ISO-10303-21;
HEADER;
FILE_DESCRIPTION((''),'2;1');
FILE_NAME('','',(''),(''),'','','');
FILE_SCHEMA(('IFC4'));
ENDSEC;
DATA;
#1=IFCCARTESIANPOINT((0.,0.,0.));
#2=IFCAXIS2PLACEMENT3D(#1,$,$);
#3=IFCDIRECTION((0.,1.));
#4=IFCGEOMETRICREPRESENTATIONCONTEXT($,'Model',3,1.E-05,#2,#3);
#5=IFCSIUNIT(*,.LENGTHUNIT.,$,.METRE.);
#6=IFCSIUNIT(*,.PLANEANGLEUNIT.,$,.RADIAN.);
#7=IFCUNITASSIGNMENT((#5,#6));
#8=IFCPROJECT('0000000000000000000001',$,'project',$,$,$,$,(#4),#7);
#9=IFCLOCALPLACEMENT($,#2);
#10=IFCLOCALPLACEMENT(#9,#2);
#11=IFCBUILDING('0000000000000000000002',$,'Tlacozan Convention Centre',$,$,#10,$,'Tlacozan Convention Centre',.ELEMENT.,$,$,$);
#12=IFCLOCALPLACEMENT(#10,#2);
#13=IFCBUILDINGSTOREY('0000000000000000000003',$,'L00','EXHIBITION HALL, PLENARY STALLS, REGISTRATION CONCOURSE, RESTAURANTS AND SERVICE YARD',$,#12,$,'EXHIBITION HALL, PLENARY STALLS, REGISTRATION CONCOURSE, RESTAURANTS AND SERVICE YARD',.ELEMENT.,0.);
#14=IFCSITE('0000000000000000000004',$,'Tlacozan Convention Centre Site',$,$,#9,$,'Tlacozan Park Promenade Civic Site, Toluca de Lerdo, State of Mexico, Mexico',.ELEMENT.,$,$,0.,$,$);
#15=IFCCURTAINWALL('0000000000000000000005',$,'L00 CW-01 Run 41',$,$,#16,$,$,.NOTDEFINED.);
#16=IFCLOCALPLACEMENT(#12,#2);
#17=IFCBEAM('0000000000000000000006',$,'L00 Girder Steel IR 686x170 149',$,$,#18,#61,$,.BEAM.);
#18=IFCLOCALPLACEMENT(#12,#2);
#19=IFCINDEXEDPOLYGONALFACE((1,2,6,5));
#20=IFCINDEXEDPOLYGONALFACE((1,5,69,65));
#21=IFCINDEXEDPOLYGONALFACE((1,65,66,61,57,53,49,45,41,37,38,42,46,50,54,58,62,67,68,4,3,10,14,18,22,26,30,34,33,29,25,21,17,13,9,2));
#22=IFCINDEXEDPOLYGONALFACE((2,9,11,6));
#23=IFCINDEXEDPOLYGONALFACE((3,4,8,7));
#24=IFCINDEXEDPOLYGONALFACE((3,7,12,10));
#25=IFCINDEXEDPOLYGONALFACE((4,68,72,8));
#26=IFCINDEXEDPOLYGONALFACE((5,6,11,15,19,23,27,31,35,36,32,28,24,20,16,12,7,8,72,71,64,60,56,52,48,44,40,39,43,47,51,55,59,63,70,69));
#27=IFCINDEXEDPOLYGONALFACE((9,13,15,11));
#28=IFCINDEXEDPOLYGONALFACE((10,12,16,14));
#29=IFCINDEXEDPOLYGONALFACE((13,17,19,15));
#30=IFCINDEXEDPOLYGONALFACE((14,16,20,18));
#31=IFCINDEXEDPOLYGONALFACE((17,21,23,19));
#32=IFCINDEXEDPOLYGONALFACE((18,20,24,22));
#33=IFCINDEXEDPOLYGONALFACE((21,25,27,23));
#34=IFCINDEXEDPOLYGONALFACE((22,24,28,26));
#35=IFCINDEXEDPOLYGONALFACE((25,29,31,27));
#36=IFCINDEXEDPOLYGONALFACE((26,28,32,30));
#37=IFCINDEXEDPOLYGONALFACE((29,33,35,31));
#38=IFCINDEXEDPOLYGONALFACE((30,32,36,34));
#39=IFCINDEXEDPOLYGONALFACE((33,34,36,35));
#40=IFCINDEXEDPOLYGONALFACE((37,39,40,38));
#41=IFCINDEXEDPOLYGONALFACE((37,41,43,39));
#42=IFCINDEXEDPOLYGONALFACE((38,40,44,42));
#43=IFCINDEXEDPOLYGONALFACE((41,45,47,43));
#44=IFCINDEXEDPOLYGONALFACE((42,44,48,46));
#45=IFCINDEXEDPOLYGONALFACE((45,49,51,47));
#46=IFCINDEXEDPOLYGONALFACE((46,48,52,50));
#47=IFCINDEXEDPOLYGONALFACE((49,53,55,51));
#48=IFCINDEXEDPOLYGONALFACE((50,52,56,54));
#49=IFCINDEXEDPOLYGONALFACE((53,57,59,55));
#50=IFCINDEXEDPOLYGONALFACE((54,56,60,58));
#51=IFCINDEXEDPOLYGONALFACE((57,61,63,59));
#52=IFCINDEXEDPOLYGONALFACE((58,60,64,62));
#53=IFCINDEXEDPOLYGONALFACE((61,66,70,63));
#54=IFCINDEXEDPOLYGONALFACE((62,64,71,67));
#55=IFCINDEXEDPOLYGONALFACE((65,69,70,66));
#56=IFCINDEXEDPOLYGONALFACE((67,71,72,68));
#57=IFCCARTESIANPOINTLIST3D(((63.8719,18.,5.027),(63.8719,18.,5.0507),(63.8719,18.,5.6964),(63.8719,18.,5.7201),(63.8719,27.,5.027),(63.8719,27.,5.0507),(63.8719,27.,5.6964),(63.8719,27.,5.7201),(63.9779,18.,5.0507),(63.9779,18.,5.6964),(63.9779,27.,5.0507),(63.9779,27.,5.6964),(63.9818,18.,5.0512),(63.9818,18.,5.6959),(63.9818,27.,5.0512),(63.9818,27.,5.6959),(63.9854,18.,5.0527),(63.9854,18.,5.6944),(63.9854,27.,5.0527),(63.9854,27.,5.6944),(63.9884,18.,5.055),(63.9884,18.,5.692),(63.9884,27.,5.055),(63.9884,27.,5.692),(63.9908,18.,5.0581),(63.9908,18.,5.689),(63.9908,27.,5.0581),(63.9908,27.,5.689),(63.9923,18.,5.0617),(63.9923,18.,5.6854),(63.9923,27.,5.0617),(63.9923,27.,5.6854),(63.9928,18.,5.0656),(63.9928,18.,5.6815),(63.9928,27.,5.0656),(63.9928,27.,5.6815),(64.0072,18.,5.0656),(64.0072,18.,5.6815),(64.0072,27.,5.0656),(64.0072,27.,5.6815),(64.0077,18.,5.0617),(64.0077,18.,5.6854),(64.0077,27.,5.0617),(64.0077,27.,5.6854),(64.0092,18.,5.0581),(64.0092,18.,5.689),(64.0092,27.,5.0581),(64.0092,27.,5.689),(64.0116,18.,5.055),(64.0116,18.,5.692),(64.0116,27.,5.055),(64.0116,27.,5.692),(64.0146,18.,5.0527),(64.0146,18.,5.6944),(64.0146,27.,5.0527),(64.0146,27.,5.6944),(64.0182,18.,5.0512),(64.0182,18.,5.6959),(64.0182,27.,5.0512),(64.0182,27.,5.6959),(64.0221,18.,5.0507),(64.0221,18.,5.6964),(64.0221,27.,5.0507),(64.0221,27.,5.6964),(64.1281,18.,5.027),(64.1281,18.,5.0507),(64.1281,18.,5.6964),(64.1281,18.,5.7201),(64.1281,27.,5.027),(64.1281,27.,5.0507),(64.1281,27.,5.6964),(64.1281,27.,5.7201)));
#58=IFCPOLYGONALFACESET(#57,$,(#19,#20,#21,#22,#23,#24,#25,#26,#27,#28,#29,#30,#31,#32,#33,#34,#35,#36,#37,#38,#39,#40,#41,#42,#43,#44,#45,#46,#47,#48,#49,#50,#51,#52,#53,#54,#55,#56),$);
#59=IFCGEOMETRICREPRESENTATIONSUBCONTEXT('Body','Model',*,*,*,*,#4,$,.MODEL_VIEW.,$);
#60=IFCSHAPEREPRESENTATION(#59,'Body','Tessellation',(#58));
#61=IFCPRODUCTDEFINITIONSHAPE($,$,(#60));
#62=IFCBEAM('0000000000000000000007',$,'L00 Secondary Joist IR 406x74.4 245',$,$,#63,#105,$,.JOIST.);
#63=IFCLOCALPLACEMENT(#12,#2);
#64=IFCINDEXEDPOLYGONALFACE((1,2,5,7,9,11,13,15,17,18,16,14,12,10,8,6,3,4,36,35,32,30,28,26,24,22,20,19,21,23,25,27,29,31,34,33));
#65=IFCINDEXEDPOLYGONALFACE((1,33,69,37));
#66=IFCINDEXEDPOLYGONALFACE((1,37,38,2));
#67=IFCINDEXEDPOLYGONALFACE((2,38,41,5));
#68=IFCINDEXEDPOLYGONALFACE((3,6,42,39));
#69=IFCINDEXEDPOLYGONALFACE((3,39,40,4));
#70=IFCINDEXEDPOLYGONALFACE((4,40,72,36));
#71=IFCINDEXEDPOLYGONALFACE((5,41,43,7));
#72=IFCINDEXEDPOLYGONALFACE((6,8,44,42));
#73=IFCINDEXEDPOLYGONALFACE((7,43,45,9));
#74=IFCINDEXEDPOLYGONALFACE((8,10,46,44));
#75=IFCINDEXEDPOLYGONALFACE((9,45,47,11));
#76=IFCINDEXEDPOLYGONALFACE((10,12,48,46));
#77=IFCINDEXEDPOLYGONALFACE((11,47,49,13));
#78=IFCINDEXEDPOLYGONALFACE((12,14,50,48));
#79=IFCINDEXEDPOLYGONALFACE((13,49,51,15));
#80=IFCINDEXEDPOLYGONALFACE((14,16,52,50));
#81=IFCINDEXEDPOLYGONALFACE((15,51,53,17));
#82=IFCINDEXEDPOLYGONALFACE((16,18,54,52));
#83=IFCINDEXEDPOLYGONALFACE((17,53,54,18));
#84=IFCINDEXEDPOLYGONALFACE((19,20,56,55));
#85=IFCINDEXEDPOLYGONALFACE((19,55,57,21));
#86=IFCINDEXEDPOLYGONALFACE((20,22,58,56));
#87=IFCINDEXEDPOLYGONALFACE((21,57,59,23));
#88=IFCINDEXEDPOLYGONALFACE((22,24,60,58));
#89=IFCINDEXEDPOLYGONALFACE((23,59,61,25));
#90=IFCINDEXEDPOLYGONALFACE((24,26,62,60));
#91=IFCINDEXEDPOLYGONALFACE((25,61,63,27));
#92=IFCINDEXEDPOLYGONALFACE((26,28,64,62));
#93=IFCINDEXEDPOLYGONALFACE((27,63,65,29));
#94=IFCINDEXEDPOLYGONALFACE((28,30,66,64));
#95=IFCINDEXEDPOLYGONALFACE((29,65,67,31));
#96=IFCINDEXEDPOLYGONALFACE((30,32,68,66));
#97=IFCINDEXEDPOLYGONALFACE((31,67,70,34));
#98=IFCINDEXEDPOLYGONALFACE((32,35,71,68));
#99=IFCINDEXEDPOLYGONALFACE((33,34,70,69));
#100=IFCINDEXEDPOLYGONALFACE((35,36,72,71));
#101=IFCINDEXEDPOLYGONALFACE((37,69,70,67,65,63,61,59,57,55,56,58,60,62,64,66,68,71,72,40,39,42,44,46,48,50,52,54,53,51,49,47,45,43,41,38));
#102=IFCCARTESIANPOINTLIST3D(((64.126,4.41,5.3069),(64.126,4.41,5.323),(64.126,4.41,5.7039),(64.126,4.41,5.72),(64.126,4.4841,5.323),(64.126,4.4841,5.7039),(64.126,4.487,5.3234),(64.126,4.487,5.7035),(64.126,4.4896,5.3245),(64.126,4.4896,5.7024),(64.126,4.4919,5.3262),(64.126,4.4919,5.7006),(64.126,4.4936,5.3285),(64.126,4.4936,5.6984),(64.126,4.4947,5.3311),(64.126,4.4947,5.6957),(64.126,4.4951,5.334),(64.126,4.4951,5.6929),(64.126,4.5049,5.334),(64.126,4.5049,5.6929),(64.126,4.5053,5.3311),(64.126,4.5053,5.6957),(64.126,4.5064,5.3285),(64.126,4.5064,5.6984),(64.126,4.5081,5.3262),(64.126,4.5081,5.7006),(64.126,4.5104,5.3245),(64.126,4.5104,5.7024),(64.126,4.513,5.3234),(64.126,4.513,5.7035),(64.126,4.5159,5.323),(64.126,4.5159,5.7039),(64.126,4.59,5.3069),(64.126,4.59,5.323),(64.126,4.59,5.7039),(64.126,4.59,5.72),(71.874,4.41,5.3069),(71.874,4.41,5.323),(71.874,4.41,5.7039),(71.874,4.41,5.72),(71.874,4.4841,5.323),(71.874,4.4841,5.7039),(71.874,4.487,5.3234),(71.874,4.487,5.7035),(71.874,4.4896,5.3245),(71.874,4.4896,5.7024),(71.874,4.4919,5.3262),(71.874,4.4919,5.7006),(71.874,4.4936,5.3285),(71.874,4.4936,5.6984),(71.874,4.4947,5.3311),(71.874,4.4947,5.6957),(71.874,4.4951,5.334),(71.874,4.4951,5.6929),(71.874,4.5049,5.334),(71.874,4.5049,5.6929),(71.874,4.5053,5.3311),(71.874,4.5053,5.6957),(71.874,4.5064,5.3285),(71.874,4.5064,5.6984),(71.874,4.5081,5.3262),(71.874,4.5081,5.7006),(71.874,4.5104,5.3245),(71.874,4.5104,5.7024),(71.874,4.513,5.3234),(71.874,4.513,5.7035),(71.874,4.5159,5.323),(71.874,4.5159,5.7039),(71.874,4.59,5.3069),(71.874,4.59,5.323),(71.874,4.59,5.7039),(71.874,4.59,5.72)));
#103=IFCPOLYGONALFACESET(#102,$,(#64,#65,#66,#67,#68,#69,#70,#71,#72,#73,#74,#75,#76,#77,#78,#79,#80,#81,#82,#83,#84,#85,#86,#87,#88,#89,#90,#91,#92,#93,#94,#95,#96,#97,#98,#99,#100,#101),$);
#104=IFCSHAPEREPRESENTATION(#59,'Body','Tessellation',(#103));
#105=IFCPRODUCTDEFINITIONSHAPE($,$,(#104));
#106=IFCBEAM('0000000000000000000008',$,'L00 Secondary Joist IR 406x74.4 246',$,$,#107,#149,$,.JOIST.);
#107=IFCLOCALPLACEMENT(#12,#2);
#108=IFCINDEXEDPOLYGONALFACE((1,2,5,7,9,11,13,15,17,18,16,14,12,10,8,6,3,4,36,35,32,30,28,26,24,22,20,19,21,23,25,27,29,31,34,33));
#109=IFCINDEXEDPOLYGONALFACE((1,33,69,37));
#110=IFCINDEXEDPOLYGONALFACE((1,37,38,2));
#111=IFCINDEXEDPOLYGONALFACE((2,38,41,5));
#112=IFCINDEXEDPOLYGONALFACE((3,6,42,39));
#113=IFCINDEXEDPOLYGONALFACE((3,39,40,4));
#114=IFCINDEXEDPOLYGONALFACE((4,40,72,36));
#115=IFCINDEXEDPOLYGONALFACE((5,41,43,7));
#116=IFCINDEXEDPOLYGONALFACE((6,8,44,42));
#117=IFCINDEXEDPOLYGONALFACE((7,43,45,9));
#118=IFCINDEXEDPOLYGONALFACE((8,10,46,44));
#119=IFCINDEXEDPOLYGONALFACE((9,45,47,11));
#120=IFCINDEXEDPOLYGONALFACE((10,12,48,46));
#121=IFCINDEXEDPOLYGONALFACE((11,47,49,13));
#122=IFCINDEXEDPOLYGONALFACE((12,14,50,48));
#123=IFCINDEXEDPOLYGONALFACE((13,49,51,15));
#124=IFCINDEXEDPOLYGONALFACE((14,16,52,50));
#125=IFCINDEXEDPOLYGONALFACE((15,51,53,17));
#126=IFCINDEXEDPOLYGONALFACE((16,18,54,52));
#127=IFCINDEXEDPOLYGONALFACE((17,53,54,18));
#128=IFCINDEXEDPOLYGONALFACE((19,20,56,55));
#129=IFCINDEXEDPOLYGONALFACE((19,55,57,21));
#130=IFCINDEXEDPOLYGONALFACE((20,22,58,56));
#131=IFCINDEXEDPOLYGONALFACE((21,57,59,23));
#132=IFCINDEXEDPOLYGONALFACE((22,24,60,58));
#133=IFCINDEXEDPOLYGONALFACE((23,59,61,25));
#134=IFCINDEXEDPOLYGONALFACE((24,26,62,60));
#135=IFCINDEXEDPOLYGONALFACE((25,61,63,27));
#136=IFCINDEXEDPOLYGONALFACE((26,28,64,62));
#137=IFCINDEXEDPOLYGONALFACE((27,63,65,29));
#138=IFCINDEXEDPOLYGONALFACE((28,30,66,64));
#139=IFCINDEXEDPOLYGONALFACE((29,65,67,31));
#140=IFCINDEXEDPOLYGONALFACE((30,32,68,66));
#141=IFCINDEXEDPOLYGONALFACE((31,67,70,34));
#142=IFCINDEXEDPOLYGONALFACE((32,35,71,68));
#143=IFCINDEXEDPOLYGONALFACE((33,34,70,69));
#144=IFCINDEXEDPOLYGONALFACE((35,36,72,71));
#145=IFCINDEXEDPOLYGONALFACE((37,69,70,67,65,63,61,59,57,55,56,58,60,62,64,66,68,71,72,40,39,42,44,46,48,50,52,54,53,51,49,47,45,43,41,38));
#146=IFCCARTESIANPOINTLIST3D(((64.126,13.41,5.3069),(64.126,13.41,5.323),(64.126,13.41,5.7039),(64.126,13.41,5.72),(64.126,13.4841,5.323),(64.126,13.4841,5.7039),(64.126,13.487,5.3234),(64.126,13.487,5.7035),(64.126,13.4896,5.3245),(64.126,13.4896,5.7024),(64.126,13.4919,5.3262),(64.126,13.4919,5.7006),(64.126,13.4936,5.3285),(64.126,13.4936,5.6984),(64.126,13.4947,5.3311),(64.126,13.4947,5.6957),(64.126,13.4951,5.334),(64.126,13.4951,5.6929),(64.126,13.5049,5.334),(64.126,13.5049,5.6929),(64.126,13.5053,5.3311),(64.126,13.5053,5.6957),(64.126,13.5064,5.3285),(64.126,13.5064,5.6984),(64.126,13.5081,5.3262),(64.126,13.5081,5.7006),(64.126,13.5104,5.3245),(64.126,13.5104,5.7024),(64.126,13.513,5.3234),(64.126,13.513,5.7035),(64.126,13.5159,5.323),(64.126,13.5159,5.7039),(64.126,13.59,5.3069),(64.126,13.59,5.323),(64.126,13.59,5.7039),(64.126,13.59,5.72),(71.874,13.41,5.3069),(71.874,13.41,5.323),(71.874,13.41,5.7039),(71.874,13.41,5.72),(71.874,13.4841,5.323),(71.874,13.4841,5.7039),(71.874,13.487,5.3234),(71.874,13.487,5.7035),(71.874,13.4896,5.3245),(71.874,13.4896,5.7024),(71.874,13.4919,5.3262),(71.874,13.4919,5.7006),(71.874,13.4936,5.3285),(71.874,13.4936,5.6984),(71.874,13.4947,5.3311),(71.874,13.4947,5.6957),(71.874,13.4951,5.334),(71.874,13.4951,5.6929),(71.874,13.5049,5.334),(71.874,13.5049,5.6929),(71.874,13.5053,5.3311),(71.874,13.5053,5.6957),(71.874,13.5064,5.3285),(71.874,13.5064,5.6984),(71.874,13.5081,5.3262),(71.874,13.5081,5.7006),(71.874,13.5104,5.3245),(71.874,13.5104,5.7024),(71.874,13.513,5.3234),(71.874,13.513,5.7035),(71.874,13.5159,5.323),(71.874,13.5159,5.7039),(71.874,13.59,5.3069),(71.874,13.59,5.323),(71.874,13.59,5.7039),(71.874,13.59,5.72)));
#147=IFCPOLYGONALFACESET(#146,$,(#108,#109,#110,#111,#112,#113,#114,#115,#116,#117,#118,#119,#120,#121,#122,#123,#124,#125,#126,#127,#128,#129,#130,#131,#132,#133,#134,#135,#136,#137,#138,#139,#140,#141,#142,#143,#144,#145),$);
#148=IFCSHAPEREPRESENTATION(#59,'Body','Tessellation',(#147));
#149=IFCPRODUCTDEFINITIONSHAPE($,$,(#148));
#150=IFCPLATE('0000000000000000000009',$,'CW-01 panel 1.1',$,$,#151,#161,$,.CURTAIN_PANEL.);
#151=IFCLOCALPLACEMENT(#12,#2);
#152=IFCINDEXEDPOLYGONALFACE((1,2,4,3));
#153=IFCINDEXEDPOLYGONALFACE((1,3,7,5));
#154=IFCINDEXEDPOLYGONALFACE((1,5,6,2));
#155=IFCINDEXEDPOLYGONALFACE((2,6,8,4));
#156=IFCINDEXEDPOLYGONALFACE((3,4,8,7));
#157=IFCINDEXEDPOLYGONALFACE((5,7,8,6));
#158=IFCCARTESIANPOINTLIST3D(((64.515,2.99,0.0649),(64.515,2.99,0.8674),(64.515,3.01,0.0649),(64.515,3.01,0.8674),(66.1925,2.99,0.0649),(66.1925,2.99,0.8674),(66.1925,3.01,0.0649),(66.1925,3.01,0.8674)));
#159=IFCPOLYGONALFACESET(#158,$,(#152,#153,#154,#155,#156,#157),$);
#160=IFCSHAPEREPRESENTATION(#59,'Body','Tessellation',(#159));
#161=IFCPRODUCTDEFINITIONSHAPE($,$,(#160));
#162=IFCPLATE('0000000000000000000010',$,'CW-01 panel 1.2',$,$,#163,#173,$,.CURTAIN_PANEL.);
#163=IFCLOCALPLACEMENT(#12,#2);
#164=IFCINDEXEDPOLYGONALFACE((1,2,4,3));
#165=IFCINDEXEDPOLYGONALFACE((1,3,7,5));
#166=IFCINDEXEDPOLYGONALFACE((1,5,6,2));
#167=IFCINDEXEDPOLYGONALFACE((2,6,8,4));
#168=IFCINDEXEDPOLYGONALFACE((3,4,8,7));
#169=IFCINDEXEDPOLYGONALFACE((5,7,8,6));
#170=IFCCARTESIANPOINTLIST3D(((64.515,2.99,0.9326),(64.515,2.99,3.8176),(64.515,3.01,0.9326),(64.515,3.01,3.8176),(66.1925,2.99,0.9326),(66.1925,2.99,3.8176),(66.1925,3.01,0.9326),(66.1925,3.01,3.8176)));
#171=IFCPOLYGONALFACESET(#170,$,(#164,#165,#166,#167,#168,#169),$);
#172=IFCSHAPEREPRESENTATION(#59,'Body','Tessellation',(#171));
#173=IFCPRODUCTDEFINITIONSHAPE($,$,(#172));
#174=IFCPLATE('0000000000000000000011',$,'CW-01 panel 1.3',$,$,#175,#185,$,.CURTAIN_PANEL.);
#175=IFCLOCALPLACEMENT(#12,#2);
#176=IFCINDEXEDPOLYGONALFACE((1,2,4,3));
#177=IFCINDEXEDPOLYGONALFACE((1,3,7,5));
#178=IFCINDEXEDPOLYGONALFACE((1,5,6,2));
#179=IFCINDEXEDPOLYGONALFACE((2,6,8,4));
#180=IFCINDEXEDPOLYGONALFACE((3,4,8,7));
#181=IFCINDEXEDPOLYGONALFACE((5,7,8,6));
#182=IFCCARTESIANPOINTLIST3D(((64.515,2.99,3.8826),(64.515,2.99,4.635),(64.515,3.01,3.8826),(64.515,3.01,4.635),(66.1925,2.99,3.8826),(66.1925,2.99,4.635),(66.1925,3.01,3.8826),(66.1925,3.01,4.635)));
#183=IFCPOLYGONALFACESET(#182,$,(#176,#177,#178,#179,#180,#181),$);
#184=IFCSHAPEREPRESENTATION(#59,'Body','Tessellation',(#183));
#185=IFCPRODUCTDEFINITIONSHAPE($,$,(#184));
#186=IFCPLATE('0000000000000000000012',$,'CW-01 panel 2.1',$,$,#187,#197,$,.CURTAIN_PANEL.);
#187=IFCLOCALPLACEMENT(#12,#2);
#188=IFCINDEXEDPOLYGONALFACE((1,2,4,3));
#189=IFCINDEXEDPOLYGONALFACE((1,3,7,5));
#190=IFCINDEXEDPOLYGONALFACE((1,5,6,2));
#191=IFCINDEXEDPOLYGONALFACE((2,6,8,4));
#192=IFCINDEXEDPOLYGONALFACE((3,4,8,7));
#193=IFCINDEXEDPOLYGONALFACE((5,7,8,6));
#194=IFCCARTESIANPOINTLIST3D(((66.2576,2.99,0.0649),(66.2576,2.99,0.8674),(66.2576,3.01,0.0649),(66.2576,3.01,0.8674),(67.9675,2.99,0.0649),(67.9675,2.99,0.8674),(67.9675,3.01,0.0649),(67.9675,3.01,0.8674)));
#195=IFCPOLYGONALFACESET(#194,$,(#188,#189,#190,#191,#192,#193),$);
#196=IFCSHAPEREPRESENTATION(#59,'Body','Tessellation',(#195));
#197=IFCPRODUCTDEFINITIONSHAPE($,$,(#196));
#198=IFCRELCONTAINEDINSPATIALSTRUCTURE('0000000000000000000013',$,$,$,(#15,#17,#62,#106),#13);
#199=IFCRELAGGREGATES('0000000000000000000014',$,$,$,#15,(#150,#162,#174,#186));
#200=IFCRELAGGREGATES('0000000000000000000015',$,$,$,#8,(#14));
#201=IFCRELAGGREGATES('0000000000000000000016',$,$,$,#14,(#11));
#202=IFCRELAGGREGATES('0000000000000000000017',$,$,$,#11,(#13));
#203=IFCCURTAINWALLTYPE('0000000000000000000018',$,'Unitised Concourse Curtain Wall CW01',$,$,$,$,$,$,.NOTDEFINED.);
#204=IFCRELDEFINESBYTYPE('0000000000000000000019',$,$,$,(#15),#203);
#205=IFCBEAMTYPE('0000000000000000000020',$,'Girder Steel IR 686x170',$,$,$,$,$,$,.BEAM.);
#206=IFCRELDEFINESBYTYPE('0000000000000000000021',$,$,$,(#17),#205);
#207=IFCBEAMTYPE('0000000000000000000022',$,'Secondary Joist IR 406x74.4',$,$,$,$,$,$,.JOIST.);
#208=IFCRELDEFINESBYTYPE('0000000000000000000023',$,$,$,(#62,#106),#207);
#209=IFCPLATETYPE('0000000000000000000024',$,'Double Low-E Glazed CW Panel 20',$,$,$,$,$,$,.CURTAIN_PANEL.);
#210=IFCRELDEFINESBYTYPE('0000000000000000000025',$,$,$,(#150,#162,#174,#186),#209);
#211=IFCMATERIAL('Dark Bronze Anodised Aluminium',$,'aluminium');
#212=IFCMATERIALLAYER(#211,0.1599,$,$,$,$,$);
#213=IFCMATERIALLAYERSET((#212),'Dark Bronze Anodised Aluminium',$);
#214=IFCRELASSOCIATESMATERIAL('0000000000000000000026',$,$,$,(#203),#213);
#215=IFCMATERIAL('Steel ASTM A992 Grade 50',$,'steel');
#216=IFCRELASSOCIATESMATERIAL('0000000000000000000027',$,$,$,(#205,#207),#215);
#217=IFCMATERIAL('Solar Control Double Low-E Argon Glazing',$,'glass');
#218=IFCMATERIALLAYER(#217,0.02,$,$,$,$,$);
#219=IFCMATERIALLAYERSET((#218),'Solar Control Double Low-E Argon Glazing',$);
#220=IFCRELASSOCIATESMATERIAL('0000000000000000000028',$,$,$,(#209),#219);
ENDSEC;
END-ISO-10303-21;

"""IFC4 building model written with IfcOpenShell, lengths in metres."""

from ifc_helpers import new_model, si_unit, direction, frame, origin, origin_2d, place, context, subcontext, project, spatial, rectangle, i_section, extrude, material, layer, layer_set, material_profile, profile_set, type_object, element, aggregate, save


model = new_model("IFC4")

# Units and contexts
model_context = context("Model", 3, precision=1e-05, world=origin(), true_north=direction((0.0, 1.0)))
body_context = subcontext(model_context, "Body", "Model", "MODEL_VIEW")
ifc_project = project(units=[si_unit("LENGTHUNIT", "METRE"), si_unit("PLANEANGLEUNIT", "RADIAN")], contexts=[model_context])

# Site, building, storey
site_placement = place(None, origin())
site = spatial("IfcSite", under=ifc_project, at=site_placement, Name="Tlacozan Convention Centre Site", LongName="Tlacozan Park Promenade Civic Site, Toluca de Lerdo, State of Mexico, Mexico", CompositionType="ELEMENT", RefElevation=0.0)
building_placement = place(site_placement, origin())
building = spatial("IfcBuilding", under=site, at=building_placement, Name="Tlacozan Convention Centre", LongName="Tlacozan Convention Centre", CompositionType="ELEMENT")
storey_placement = place(building_placement, origin())
storey = spatial("IfcBuildingStorey", under=building, at=storey_placement, Name="L00", Description="EXHIBITION HALL, PLENARY STALLS, REGISTRATION CONCOURSE, RESTAURANTS AND SERVICE YARD", LongName="EXHIBITION HALL, PLENARY STALLS, REGISTRATION CONCOURSE, RESTAURANTS AND SERVICE YARD", CompositionType="ELEMENT", Elevation=0.0)

# Shared definitions
ifc_material_1 = material(Name="Dark Bronze Anodised Aluminium", Category="aluminium")
ifc_layer_1 = layer(ifc_material_1, 0.1599)
ifc_layer_set_1 = layer_set([ifc_layer_1], Name="Dark Bronze Anodised Aluminium")
curtain_wall_type = type_object("IfcCurtainWallType", Name="Unitised Concourse Curtain Wall CW01", PredefinedType="NOTDEFINED", material=ifc_layer_set_1)

# Curtain wall
curtain_wall_1_placement = place(storey_placement, origin())
curtain_wall_1 = element("IfcCurtainWall", 1, at=curtain_wall_1_placement, inside=storey, type_object=curtain_wall_type, Name="L00 CW-01 Run 41", PredefinedType="NOTDEFINED")

# Beams
ifc_material_2 = material(Name="Steel ASTM A992 Grade 50", Category="steel")
ifc_material_profile_1 = material_profile(ifc_material_2, i_section(OverallWidth=0.2561, OverallDepth=0.6931, WebThickness=0.0144, FlangeThickness=0.0237, FilletRadius=0.0149, at=origin_2d()), Name="IR 686x170.0")
ifc_profile_set_1 = profile_set([ifc_material_profile_1], Name="Steel ASTM A992 Grade 50")
beam_type_1 = type_object("IfcBeamType", Name="Girder Steel IR 686x170", PredefinedType="BEAM", material=ifc_profile_set_1)
for number, where, z_axis, x_axis, name in (
    (2, (64.0, 18.0, 5.3735), (0.0, 1.0, 0.0), (-1.0, 0.0, 0.0), "L00 Girder Steel IR 686x170 149"),
):
    element("IfcBeam", number, at=place(storey_placement, frame(where, z_axis=z_axis, x_axis=x_axis)), inside=storey, type_object=beam_type_1, Name=name, PredefinedType="BEAM", context=body_context, shape_type="SweptSolid", body=[
        extrude(i_section(OverallWidth=0.2561, OverallDepth=0.6931, WebThickness=0.0144, FlangeThickness=0.0237, FilletRadius=0.0149, at=origin_2d()), origin(), (0.0, 0.0, 1.0), 9.0),
    ])
ifc_material_profile_2 = material_profile(ifc_material_2, i_section(OverallWidth=0.1799, OverallDepth=0.4131, WebThickness=0.0098, FlangeThickness=0.0161, FilletRadius=0.011, at=origin_2d()), Name="IR 406x74.4")
ifc_profile_set_2 = profile_set([ifc_material_profile_2], Name="Steel ASTM A992 Grade 50")
beam_type_2 = type_object("IfcBeamType", Name="Secondary Joist IR 406x74.4", PredefinedType="JOIST", material=ifc_profile_set_2)
for number, where, z_axis, x_axis, name in (
    (3, (64.126, 4.5, 5.5134), (1.0, 0.0, 0.0), (0.0, 1.0, 0.0), "L00 Secondary Joist IR 406x74.4 245"),
    (4, (64.126, 13.5, 5.5134), (1.0, 0.0, 0.0), (0.0, 1.0, 0.0), "L00 Secondary Joist IR 406x74.4 246"),
):
    element("IfcBeam", number, at=place(storey_placement, frame(where, z_axis=z_axis, x_axis=x_axis)), inside=storey, type_object=beam_type_2, Name=name, PredefinedType="JOIST", context=body_context, shape_type="SweptSolid", body=[
        extrude(i_section(OverallWidth=0.1799, OverallDepth=0.4131, WebThickness=0.0098, FlangeThickness=0.0161, FilletRadius=0.011, at=origin_2d()), origin(), (0.0, 0.0, 1.0), 7.748),
    ])

# Plates
ifc_material_3 = material(Name="Solar Control Double Low-E Argon Glazing", Category="glass")
ifc_layer_2 = layer(ifc_material_3, 0.02)
ifc_layer_set_2 = layer_set([ifc_layer_2], Name="Solar Control Double Low-E Argon Glazing")
plate_type = type_object("IfcPlateType", Name="Double Low-E Glazed CW Panel 20", PredefinedType="CURTAIN_PANEL", material=ifc_layer_set_2)
plate_1_placement = place(storey_placement, frame((65.3538, 3.0, 0.0649), z_axis=(0.0, 0.0, 1.0), x_axis=(1.0, 0.0, 0.0)))
plate_1 = element("IfcPlate", 5, at=plate_1_placement, type_object=plate_type, Name="CW-01 panel 1.1", PredefinedType="CURTAIN_PANEL", context=body_context, shape_type="SweptSolid", body=[
    extrude(rectangle(XDim=1.6775, YDim=0.02, at=origin_2d()), origin(), (0.0, 0.0, 1.0), 0.8025),
])
plate_2_placement = place(storey_placement, frame((65.3538, 3.0, 0.9326), z_axis=(0.0, 0.0, 1.0), x_axis=(1.0, 0.0, 0.0)))
plate_2 = element("IfcPlate", 6, at=plate_2_placement, type_object=plate_type, Name="CW-01 panel 1.2", PredefinedType="CURTAIN_PANEL", context=body_context, shape_type="SweptSolid", body=[
    extrude(rectangle(XDim=1.6775, YDim=0.02, at=origin_2d()), origin(), (0.0, 0.0, 1.0), 2.885),
])
plate_3_placement = place(storey_placement, frame((65.3538, 3.0, 3.8826), z_axis=(0.0, 0.0, 1.0), x_axis=(1.0, 0.0, 0.0)))
plate_3 = element("IfcPlate", 7, at=plate_3_placement, type_object=plate_type, Name="CW-01 panel 1.3", PredefinedType="CURTAIN_PANEL", context=body_context, shape_type="SweptSolid", body=[
    extrude(rectangle(XDim=1.6775, YDim=0.02, at=origin_2d()), origin(), (0.0, 0.0, 1.0), 0.7524),
])
plate_4_placement = place(storey_placement, frame((67.1125, 3.0, 0.0649), z_axis=(0.0, 0.0, 1.0), x_axis=(1.0, 0.0, 0.0)))
plate_4 = element("IfcPlate", 8, at=plate_4_placement, type_object=plate_type, Name="CW-01 panel 2.1", PredefinedType="CURTAIN_PANEL", context=body_context, shape_type="SweptSolid", body=[
    extrude(rectangle(XDim=1.71, YDim=0.02, at=origin_2d()), origin(), (0.0, 0.0, 1.0), 0.8025),
])
aggregate(curtain_wall_1, [plate_1, plate_2, plate_3, plate_4])

save(model, "model.ifc")
